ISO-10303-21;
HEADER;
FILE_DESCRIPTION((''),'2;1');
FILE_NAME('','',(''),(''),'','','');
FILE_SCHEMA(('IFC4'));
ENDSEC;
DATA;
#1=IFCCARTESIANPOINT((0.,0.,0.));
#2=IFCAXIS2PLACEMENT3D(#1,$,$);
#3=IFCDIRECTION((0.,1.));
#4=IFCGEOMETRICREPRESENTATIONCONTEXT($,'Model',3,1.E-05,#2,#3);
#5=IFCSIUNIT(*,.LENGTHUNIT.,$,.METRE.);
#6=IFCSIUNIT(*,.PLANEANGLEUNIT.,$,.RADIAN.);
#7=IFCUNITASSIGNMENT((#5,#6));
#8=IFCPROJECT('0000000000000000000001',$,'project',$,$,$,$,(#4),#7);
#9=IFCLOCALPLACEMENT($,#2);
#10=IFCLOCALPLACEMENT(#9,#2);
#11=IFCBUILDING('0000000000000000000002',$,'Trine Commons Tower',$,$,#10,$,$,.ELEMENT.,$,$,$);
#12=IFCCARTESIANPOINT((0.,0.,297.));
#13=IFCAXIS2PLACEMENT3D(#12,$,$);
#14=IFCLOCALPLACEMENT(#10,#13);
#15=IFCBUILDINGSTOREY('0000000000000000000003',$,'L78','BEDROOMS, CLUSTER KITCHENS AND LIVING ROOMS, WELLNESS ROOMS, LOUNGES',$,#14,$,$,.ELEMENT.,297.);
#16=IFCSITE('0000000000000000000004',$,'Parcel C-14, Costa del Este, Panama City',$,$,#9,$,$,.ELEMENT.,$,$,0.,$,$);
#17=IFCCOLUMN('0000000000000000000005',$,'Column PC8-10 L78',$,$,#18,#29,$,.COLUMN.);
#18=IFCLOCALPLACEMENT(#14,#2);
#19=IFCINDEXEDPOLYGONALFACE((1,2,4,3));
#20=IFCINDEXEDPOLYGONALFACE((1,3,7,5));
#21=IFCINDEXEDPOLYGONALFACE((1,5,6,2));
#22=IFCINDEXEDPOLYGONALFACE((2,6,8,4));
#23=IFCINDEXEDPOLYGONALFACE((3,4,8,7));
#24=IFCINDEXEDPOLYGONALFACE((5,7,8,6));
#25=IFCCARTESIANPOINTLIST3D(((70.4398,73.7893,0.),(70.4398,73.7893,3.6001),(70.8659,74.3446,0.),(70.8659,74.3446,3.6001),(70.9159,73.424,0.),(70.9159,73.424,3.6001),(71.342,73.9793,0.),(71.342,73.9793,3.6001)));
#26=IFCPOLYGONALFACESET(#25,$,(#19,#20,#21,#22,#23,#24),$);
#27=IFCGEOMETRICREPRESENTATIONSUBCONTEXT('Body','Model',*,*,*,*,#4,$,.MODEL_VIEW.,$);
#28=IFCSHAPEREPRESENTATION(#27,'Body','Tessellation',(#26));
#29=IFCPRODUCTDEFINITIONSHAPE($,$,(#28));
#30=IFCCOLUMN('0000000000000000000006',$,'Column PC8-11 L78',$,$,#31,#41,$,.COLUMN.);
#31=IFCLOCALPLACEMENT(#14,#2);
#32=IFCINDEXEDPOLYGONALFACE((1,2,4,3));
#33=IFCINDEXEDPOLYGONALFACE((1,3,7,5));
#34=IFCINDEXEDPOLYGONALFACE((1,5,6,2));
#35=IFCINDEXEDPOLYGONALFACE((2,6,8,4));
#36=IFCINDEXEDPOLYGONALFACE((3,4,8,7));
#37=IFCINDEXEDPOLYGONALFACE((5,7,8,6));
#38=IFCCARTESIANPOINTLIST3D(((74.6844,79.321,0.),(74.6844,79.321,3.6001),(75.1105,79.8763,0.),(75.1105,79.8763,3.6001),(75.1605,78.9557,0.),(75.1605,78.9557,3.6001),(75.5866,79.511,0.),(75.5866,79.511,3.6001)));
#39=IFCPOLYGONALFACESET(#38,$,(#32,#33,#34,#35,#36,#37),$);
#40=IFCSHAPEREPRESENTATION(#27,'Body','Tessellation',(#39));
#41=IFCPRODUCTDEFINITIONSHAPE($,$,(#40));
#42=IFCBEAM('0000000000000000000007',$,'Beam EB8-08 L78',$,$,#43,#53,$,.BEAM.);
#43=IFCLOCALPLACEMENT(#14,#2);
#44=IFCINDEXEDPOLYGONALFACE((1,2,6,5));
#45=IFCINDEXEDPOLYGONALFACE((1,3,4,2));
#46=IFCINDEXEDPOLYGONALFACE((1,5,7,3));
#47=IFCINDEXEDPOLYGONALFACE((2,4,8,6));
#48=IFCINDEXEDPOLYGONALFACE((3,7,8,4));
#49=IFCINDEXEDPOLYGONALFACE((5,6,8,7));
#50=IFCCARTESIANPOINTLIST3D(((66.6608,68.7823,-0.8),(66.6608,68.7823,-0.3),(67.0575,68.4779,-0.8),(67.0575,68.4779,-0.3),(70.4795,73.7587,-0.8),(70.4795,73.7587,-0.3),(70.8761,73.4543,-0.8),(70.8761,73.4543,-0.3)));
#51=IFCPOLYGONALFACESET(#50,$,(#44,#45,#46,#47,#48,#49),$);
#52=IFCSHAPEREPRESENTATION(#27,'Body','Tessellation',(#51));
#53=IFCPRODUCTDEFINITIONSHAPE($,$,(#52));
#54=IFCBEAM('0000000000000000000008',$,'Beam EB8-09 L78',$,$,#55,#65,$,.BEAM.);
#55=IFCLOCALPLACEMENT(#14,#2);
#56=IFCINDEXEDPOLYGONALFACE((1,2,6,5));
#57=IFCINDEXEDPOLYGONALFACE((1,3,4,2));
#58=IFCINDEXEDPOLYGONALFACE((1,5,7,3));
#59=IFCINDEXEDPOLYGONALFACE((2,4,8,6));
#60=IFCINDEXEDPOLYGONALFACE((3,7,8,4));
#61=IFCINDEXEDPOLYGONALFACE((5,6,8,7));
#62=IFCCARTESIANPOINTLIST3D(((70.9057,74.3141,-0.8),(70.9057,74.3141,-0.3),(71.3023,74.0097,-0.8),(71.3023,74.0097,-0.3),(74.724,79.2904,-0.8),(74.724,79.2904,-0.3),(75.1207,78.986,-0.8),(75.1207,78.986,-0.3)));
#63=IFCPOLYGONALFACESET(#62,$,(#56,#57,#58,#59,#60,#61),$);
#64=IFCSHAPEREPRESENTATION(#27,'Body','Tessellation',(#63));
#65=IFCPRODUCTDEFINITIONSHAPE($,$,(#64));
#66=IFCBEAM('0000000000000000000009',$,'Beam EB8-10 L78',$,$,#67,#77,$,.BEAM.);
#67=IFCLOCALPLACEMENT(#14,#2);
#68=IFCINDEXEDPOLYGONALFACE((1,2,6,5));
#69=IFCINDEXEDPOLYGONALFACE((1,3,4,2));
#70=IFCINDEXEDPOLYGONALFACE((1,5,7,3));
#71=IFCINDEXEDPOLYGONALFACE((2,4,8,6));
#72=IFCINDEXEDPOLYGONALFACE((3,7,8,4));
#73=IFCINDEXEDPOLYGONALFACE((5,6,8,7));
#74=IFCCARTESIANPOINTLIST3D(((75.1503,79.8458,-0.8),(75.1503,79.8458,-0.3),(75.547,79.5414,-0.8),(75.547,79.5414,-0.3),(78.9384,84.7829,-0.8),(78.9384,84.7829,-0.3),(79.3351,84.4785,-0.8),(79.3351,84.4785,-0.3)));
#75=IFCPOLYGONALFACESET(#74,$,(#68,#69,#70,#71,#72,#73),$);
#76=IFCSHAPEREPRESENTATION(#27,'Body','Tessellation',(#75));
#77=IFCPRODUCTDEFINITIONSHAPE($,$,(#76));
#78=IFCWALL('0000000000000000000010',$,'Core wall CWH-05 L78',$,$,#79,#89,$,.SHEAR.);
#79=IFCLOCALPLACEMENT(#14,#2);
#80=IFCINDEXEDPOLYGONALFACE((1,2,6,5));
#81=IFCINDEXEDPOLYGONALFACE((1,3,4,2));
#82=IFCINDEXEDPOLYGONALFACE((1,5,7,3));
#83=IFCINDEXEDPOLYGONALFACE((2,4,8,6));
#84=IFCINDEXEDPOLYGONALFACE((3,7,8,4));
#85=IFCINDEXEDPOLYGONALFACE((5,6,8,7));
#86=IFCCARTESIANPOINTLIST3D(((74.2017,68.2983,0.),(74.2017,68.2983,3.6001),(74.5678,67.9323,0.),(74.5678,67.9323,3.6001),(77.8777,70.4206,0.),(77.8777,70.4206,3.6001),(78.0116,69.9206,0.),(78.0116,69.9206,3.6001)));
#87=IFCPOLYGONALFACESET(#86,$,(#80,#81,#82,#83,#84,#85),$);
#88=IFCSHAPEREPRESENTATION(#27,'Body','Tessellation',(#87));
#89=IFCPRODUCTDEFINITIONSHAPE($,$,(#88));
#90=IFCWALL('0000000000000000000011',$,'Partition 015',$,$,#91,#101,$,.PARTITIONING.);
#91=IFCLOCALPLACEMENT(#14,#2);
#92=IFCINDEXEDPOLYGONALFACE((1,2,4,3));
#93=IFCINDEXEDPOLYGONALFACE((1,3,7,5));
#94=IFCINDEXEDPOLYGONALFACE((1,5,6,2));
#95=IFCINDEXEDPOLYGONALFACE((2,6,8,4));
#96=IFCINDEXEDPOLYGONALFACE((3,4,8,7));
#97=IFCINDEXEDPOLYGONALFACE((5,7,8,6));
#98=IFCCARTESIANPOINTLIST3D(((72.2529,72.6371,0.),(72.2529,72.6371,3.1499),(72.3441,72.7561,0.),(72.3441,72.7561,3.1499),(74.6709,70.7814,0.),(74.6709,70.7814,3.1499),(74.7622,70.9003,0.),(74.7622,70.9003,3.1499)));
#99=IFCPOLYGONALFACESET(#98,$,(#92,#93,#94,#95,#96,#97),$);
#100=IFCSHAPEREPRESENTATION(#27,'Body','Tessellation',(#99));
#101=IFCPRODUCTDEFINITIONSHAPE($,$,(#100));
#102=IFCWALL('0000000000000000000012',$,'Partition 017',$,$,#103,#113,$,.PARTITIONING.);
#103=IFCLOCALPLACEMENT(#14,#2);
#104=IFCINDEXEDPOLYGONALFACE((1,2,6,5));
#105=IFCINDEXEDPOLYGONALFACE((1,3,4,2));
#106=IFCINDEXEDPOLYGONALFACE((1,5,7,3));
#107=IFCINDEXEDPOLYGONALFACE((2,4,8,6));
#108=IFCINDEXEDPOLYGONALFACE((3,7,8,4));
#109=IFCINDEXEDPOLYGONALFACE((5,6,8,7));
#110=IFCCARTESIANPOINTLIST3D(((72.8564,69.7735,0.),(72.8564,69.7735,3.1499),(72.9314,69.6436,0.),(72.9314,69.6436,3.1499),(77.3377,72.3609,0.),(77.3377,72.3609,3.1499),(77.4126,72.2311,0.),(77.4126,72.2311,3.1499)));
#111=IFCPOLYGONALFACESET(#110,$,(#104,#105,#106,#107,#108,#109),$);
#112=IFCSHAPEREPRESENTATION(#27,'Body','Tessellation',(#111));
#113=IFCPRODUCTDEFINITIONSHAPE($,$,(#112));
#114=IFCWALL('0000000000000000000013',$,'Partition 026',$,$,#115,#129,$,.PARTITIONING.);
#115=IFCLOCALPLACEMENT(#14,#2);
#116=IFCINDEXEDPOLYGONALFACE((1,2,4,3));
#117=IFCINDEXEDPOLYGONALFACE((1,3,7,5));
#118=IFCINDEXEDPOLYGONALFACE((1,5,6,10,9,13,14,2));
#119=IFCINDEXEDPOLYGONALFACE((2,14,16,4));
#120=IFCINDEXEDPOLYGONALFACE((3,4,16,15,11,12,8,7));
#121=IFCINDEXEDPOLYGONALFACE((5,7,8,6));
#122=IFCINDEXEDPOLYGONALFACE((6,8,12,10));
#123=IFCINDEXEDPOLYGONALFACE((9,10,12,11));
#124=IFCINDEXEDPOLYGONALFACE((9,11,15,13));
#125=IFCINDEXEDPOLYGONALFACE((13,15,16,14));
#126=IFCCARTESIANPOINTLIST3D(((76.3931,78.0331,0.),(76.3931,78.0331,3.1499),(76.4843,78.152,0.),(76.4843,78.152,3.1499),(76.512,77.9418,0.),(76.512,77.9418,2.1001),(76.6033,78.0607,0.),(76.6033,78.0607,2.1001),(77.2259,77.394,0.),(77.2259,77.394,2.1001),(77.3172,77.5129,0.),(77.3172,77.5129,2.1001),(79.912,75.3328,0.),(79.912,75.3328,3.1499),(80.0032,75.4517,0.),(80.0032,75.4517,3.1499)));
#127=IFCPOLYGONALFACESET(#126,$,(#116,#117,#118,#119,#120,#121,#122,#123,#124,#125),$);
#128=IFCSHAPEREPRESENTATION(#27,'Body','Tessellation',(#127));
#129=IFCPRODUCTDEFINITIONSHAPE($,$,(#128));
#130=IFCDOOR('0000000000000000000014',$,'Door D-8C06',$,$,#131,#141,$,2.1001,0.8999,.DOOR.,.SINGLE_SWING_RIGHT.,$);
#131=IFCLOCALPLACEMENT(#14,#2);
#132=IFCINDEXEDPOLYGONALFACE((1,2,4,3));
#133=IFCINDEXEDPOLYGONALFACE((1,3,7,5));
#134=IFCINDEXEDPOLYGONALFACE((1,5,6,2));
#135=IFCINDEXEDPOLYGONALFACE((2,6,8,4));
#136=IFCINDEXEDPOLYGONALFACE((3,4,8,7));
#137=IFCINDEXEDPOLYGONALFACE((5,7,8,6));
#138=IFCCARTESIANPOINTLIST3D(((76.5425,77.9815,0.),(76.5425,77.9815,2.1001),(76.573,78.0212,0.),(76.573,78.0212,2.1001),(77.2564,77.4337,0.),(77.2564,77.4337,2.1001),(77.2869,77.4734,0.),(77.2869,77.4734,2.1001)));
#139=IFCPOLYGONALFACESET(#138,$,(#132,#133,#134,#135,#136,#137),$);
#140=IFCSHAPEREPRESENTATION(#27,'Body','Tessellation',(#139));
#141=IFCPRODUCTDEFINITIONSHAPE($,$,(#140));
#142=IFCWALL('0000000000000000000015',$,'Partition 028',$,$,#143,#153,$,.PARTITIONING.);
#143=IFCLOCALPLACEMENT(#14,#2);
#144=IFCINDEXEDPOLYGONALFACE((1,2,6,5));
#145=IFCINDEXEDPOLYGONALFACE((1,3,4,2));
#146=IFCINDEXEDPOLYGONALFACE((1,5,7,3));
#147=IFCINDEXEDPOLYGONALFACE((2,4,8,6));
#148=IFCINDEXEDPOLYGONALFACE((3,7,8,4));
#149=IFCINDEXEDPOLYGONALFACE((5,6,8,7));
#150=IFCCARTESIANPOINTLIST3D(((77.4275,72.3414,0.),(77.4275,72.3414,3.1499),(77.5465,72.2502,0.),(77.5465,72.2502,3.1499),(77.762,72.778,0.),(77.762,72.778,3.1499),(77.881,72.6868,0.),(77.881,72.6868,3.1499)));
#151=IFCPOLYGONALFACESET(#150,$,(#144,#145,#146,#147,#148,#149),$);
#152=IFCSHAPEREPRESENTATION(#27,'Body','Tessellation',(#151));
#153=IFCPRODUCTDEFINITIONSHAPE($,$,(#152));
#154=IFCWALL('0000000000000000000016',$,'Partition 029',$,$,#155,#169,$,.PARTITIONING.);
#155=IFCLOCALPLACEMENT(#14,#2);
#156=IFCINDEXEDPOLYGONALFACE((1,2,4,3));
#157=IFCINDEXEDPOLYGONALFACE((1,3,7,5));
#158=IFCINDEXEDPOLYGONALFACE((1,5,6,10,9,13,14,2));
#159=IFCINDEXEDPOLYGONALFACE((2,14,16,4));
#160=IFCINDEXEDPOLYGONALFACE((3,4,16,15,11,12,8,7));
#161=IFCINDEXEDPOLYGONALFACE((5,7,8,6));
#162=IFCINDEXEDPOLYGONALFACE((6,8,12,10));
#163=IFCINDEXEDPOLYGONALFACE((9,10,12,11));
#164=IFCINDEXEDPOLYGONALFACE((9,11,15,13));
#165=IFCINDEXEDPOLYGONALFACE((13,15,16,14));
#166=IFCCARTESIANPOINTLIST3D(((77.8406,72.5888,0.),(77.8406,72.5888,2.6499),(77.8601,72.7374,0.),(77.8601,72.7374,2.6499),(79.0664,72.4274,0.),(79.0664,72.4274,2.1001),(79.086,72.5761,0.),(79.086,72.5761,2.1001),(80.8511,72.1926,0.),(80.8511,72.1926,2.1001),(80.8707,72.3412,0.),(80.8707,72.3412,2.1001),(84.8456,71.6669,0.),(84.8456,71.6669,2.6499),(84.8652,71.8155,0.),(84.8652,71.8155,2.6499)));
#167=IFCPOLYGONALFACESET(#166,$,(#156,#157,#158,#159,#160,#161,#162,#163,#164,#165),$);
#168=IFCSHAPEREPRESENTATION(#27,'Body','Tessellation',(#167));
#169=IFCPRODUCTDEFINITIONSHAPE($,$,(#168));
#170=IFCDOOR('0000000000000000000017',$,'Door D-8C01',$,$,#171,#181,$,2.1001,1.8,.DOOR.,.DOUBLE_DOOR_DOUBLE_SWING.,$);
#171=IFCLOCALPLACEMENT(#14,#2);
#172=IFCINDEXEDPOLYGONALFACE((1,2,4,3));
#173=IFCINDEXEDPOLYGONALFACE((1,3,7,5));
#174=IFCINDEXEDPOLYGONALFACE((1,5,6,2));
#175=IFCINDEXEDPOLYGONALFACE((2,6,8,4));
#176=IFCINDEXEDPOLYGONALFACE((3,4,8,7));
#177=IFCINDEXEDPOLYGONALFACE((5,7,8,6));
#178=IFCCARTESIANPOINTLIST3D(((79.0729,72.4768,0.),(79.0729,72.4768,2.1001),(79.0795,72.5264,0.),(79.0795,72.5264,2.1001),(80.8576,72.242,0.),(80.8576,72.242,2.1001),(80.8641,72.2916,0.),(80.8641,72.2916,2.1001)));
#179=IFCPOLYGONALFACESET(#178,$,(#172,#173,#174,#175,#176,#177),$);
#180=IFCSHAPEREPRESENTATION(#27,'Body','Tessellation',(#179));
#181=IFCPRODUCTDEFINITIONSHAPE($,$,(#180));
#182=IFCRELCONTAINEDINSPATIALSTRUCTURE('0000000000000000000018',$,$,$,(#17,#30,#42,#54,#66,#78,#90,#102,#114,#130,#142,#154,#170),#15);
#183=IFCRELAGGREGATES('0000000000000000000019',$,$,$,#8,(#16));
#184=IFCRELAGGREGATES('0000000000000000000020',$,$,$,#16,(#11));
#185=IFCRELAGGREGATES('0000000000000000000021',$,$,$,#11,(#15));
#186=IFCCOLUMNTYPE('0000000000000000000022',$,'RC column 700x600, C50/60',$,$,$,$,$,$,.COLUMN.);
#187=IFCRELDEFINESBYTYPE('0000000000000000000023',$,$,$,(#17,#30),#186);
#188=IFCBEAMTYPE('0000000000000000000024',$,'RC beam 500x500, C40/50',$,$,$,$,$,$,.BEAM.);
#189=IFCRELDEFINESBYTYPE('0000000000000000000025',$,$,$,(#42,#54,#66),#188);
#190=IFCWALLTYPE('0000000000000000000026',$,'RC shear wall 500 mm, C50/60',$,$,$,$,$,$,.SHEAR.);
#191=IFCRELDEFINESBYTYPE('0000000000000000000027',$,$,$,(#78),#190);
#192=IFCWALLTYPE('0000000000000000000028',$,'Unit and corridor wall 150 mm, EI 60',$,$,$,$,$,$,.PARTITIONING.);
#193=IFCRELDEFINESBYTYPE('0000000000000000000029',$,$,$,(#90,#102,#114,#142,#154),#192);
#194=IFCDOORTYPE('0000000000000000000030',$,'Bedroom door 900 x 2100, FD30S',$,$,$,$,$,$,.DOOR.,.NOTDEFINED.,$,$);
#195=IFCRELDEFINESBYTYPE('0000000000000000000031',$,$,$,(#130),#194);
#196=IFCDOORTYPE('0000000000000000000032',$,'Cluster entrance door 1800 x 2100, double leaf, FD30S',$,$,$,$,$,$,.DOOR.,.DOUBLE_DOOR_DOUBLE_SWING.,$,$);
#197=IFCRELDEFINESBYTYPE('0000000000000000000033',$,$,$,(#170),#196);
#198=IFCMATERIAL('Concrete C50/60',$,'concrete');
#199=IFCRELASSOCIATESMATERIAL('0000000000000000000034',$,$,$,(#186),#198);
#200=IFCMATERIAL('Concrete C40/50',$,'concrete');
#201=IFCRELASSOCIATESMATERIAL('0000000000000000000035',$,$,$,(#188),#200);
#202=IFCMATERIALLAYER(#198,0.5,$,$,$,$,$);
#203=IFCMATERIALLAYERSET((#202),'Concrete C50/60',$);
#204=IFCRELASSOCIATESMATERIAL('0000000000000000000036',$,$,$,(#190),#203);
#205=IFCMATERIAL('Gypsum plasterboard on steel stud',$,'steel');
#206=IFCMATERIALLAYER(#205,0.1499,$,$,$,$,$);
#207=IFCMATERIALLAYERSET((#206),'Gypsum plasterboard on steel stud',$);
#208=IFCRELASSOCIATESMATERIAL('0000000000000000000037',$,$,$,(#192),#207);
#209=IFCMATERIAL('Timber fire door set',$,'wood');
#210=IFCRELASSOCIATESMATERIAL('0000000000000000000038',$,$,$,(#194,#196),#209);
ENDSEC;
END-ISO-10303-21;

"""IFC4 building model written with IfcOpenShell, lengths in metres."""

from ifc_helpers import new_model, si_unit, direction, frame, frame_2d, origin, origin_2d, place, context, subcontext, project, spatial, polyline, rectangle, outline, extrude, material, layer, layer_set, material_profile, profile_set, type_object, element, fill, save


model = new_model("IFC4")

# Units and contexts
model_context = context("Model", 3, precision=1e-05, world=origin(), true_north=direction((0.0, 1.0)))
body_context = subcontext(model_context, "Body", "Model", "MODEL_VIEW")
ifc_project = project(units=[si_unit("LENGTHUNIT", "METRE"), si_unit("PLANEANGLEUNIT", "RADIAN")], contexts=[model_context])

# Site, building, storey
site_placement = place(None, origin())
site = spatial("IfcSite", under=ifc_project, at=site_placement, Name="Parcel C-14, Costa del Este, Panama City", CompositionType="ELEMENT", RefElevation=0.0)
building_placement = place(site_placement, origin())
building = spatial("IfcBuilding", under=site, at=building_placement, Name="Trine Commons Tower", CompositionType="ELEMENT")
storey_placement = place(building_placement, frame((0.0, 0.0, 297.0)))
storey = spatial("IfcBuildingStorey", under=building, at=storey_placement, Name="L78", Description="BEDROOMS, CLUSTER KITCHENS AND LIVING ROOMS, WELLNESS ROOMS, LOUNGES", CompositionType="ELEMENT", Elevation=297.0)

# Columns
ifc_material_1 = material(Name="Concrete C50/60", Category="concrete")
ifc_material_profile_1 = material_profile(ifc_material_1, rectangle(XDim=0.7, YDim=0.6001, at=origin_2d()), Name="RC 700x600")
ifc_profile_set_1 = profile_set([ifc_material_profile_1], Name="Concrete C50/60")
column_type = type_object("IfcColumnType", Name="RC column 700x600, C50/60", PredefinedType="COLUMN", material=ifc_profile_set_1)
for number, where, z_axis, x_axis, name in (
    (1, (70.8909, 73.8843, 0.0), (0.0, 0.0, 1.0), (0.608761, 0.793353, 0.0), "Column PC8-10 L78"),
    (2, (75.1355, 79.416, 0.0), (0.0, 0.0, 1.0), (0.608761, 0.793353, 0.0), "Column PC8-11 L78"),
):
    element("IfcColumn", number, at=place(storey_placement, frame(where, z_axis=z_axis, x_axis=x_axis)), inside=storey, type_object=column_type, Name=name, PredefinedType="COLUMN", context=body_context, shape_type="SweptSolid", body=[
        extrude(rectangle(XDim=0.7, YDim=0.6001, at=origin_2d()), origin(), (0.0, 0.0, 1.0), 3.6001),
    ])

# Beams
ifc_material_2 = material(Name="Concrete C40/50", Category="concrete")
ifc_material_profile_2 = material_profile(ifc_material_2, rectangle(XDim=0.5, YDim=0.5, at=origin_2d()), Name="RC 500x500")
ifc_profile_set_2 = profile_set([ifc_material_profile_2], Name="Concrete C40/50")
beam_type = type_object("IfcBeamType", Name="RC beam 500x500, C40/50", PredefinedType="BEAM", material=ifc_profile_set_2)
beam_1_placement = place(storey_placement, frame((66.8591, 68.6301, -0.55), z_axis=(0.608775, 0.793343, 0.0), x_axis=(-0.793343, 0.608775, 0.0)))
element("IfcBeam", 3, at=beam_1_placement, inside=storey, type_object=beam_type, Name="Beam EB8-08 L78", PredefinedType="BEAM", context=body_context, shape_type="SweptSolid", body=[
    extrude(rectangle(XDim=0.5, YDim=0.5, at=origin_2d()), origin(), (0.0, 0.0, 1.0), 6.2727),
])
beam_2_placement = place(storey_placement, frame((71.104, 74.1619, -0.55), z_axis=(0.608751, 0.793361, 0.0), x_axis=(-0.793361, 0.608751, 0.0)))
element("IfcBeam", 4, at=beam_2_placement, inside=storey, type_object=beam_type, Name="Beam EB8-09 L78", PredefinedType="BEAM", context=body_context, shape_type="SweptSolid", body=[
    extrude(rectangle(XDim=0.5, YDim=0.5, at=origin_2d()), origin(), (0.0, 0.0, 1.0), 6.2725),
])
beam_3_placement = place(storey_placement, frame((75.3486, 79.6936, -0.55), z_axis=(0.60874, 0.79337, 0.0), x_axis=(-0.79337, 0.60874, 0.0)))
element("IfcBeam", 5, at=beam_3_placement, inside=storey, type_object=beam_type, Name="Beam EB8-10 L78", PredefinedType="BEAM", context=body_context, shape_type="SweptSolid", body=[
    extrude(rectangle(XDim=0.5, YDim=0.5, at=origin_2d()), origin(), (0.0, 0.0, 1.0), 6.2229),
])

# Walls
ifc_layer_1 = layer(ifc_material_1, 0.5)
ifc_layer_set_1 = layer_set([ifc_layer_1], Name="Concrete C50/60")
wall_type_1 = type_object("IfcWallType", Name="RC shear wall 500 mm, C50/60", PredefinedType="SHEAR", material=ifc_layer_set_1)
wall_1_placement = place(storey_placement, frame((78.0027, 70.2041, 0.0), z_axis=(0.0, 0.0, 1.0), x_axis=(-0.866029, -0.499993, 0.0)))
element("IfcWall", 6, at=wall_1_placement, inside=storey, type_object=wall_type_1, Name="Core wall CWH-05 L78", PredefinedType="SHEAR", context=body_context, shape_type="SweptSolid", body=[
    extrude(outline(polyline([(0.0, -0.25), (4.2446, -0.25), (4.1106, 0.25), (0.134, 0.25), (0.0, -0.25)])), origin(), (0.0, 0.0, 1.0), 3.6001),
])
ifc_material_3 = material(Name="Gypsum plasterboard on steel stud", Category="steel")
ifc_layer_2 = layer(ifc_material_3, 0.1499)
ifc_layer_set_2 = layer_set([ifc_layer_2], Name="Gypsum plasterboard on steel stud")
wall_type_2 = type_object("IfcWallType", Name="Unit and corridor wall 150 mm, EI 60", PredefinedType="PARTITIONING", material=ifc_layer_set_2)
wall_2_placement = place(storey_placement, frame((72.2986, 72.6965, 0.0), z_axis=(0.0, 0.0, 1.0), x_axis=(0.793299, -0.608832, 0.0)))
element("IfcWall", 7, at=wall_2_placement, inside=storey, type_object=wall_type_2, Name="Partition 015", PredefinedType="PARTITIONING", context=body_context, shape_type="SweptSolid", body=[
    extrude(rectangle(XDim=3.0481, YDim=0.1499, at=frame_2d((1.5239, 0.0))), origin(), (0.0, 0.0, 1.0), 3.1499),
])
wall_3_placement = place(storey_placement, frame((72.8938, 69.7085, 0.0), z_axis=(0.0, 0.0, 1.0), x_axis=(0.86601, 0.500026, 0.0)))
element("IfcWall", 8, at=wall_3_placement, inside=storey, type_object=wall_type_2, Name="Partition 017", PredefinedType="PARTITIONING", context=body_context, shape_type="SweptSolid", body=[
    extrude(rectangle(XDim=5.1746, YDim=0.1499, at=frame_2d((2.5874, 0.0))), origin(), (0.0, 0.0, 1.0), 3.1499),
])

# Wall, opening, door
wall_4_placement = place(storey_placement, frame((76.4387, 78.0925, 0.0), z_axis=(0.0, 0.0, 1.0), x_axis=(0.79334, -0.608779, 0.0)))
wall_4 = element("IfcWall", 9, at=wall_4_placement, inside=storey, type_object=wall_type_2, Name="Partition 026", PredefinedType="PARTITIONING", context=body_context, shape_type="SweptSolid", body=[
    extrude(rectangle(XDim=4.4355, YDim=0.1499, at=frame_2d((2.2178, 0.0))), origin(), (0.0, 0.0, 1.0), 3.1499),
])
opening_1_placement = place(wall_4_placement, frame((0.1499, 0.0, 0.0)))
opening_1 = element("IfcOpeningElement", 10, at=opening_1_placement, cuts=wall_4, PredefinedType="OPENING", context=body_context, shape_type="SweptSolid", body=[
    extrude(rectangle(XDim=0.8999, YDim=2.1001, at=frame_2d((0.45, 1.05))), frame((0.0, 0.085, 0.0), z_axis=(0.0, -1.0, 0.0), x_axis=(1.0, 0.0, 0.0)), (0.0, 0.0, 1.0), 0.1699),
])
ifc_material_4 = material(Name="Timber fire door set", Category="wood")
door_type_1 = type_object("IfcDoorType", Name="Bedroom door 900 x 2100, FD30S", OperationType="NOTDEFINED", PredefinedType="DOOR", material=ifc_material_4)
door_1_placement = place(opening_1_placement, frame((0.8999, 0.0, 0.0), z_axis=(0.0, 0.0, 1.0), x_axis=(-1.0, 0.0, 0.0)))
door_1 = element("IfcDoor", 11, at=door_1_placement, inside=storey, type_object=door_type_1, Name="Door D-8C06", OperationType="SINGLE_SWING_RIGHT", OverallHeight=2.1001, OverallWidth=0.8999, PredefinedType="DOOR", context=body_context, shape_type="SweptSolid", body=[
    extrude(rectangle(XDim=0.8999, YDim=2.1001, at=frame_2d((0.45, 1.05))), frame((0.0, 0.0249, 0.0), z_axis=(0.0, -1.0, 0.0), x_axis=(1.0, 0.0, 0.0)), (0.0, 0.0, 1.0), 0.05),
])
fill(opening_1, door_1)

# Wall
wall_5_placement = place(storey_placement, frame((77.4871, 72.2959, 0.0), z_axis=(0.0, 0.0, 1.0), x_axis=(0.608208, 0.793778, 0.0)))
element("IfcWall", 12, at=wall_5_placement, inside=storey, type_object=wall_type_2, Name="Partition 028", PredefinedType="PARTITIONING", context=body_context, shape_type="SweptSolid", body=[
    extrude(rectangle(XDim=0.55, YDim=0.1499, at=frame_2d((0.2749, 0.0))), origin(), (0.0, 0.0, 1.0), 3.1499),
])

# Wall, opening, door
wall_6_placement = place(storey_placement, frame((77.8503, 72.6631, 0.0), z_axis=(0.0, 0.0, 1.0), x_axis=(0.991452, -0.130475, 0.0)))
wall_6 = element("IfcWall", 13, at=wall_6_placement, inside=storey, type_object=wall_type_2, Name="Partition 029", PredefinedType="PARTITIONING", context=body_context, shape_type="SweptSolid", body=[
    extrude(rectangle(XDim=7.0654, YDim=0.1499, at=frame_2d((3.5327, 0.0))), origin(), (0.0, 0.0, 1.0), 2.6499),
])
opening_2_placement = place(wall_6_placement, frame((1.2366, 0.0, 0.0)))
opening_2 = element("IfcOpeningElement", 14, at=opening_2_placement, cuts=wall_6, PredefinedType="OPENING", context=body_context, shape_type="SweptSolid", body=[
    extrude(rectangle(XDim=1.8, YDim=2.1001, at=frame_2d((0.8999, 1.05))), frame((0.0, 0.085, 0.0), z_axis=(0.0, -1.0, 0.0), x_axis=(1.0, 0.0, 0.0)), (0.0, 0.0, 1.0), 0.1699),
])
door_type_2 = type_object("IfcDoorType", Name="Cluster entrance door 1800 x 2100, double leaf, FD30S", OperationType="DOUBLE_DOOR_DOUBLE_SWING", PredefinedType="DOOR", material=ifc_material_4)
door_2_placement = place(opening_2_placement, origin())
door_2 = element("IfcDoor", 15, at=door_2_placement, inside=storey, type_object=door_type_2, Name="Door D-8C01", OperationType="DOUBLE_DOOR_DOUBLE_SWING", OverallHeight=2.1001, OverallWidth=1.8, PredefinedType="DOOR", context=body_context, shape_type="SweptSolid", body=[
    extrude(rectangle(XDim=1.8, YDim=2.1001, at=frame_2d((0.8999, 1.05))), frame((0.0, 0.0249, 0.0), z_axis=(0.0, -1.0, 0.0), x_axis=(1.0, 0.0, 0.0)), (0.0, 0.0, 1.0), 0.05),
])
fill(opening_2, door_2)

save(model, "model.ifc")
